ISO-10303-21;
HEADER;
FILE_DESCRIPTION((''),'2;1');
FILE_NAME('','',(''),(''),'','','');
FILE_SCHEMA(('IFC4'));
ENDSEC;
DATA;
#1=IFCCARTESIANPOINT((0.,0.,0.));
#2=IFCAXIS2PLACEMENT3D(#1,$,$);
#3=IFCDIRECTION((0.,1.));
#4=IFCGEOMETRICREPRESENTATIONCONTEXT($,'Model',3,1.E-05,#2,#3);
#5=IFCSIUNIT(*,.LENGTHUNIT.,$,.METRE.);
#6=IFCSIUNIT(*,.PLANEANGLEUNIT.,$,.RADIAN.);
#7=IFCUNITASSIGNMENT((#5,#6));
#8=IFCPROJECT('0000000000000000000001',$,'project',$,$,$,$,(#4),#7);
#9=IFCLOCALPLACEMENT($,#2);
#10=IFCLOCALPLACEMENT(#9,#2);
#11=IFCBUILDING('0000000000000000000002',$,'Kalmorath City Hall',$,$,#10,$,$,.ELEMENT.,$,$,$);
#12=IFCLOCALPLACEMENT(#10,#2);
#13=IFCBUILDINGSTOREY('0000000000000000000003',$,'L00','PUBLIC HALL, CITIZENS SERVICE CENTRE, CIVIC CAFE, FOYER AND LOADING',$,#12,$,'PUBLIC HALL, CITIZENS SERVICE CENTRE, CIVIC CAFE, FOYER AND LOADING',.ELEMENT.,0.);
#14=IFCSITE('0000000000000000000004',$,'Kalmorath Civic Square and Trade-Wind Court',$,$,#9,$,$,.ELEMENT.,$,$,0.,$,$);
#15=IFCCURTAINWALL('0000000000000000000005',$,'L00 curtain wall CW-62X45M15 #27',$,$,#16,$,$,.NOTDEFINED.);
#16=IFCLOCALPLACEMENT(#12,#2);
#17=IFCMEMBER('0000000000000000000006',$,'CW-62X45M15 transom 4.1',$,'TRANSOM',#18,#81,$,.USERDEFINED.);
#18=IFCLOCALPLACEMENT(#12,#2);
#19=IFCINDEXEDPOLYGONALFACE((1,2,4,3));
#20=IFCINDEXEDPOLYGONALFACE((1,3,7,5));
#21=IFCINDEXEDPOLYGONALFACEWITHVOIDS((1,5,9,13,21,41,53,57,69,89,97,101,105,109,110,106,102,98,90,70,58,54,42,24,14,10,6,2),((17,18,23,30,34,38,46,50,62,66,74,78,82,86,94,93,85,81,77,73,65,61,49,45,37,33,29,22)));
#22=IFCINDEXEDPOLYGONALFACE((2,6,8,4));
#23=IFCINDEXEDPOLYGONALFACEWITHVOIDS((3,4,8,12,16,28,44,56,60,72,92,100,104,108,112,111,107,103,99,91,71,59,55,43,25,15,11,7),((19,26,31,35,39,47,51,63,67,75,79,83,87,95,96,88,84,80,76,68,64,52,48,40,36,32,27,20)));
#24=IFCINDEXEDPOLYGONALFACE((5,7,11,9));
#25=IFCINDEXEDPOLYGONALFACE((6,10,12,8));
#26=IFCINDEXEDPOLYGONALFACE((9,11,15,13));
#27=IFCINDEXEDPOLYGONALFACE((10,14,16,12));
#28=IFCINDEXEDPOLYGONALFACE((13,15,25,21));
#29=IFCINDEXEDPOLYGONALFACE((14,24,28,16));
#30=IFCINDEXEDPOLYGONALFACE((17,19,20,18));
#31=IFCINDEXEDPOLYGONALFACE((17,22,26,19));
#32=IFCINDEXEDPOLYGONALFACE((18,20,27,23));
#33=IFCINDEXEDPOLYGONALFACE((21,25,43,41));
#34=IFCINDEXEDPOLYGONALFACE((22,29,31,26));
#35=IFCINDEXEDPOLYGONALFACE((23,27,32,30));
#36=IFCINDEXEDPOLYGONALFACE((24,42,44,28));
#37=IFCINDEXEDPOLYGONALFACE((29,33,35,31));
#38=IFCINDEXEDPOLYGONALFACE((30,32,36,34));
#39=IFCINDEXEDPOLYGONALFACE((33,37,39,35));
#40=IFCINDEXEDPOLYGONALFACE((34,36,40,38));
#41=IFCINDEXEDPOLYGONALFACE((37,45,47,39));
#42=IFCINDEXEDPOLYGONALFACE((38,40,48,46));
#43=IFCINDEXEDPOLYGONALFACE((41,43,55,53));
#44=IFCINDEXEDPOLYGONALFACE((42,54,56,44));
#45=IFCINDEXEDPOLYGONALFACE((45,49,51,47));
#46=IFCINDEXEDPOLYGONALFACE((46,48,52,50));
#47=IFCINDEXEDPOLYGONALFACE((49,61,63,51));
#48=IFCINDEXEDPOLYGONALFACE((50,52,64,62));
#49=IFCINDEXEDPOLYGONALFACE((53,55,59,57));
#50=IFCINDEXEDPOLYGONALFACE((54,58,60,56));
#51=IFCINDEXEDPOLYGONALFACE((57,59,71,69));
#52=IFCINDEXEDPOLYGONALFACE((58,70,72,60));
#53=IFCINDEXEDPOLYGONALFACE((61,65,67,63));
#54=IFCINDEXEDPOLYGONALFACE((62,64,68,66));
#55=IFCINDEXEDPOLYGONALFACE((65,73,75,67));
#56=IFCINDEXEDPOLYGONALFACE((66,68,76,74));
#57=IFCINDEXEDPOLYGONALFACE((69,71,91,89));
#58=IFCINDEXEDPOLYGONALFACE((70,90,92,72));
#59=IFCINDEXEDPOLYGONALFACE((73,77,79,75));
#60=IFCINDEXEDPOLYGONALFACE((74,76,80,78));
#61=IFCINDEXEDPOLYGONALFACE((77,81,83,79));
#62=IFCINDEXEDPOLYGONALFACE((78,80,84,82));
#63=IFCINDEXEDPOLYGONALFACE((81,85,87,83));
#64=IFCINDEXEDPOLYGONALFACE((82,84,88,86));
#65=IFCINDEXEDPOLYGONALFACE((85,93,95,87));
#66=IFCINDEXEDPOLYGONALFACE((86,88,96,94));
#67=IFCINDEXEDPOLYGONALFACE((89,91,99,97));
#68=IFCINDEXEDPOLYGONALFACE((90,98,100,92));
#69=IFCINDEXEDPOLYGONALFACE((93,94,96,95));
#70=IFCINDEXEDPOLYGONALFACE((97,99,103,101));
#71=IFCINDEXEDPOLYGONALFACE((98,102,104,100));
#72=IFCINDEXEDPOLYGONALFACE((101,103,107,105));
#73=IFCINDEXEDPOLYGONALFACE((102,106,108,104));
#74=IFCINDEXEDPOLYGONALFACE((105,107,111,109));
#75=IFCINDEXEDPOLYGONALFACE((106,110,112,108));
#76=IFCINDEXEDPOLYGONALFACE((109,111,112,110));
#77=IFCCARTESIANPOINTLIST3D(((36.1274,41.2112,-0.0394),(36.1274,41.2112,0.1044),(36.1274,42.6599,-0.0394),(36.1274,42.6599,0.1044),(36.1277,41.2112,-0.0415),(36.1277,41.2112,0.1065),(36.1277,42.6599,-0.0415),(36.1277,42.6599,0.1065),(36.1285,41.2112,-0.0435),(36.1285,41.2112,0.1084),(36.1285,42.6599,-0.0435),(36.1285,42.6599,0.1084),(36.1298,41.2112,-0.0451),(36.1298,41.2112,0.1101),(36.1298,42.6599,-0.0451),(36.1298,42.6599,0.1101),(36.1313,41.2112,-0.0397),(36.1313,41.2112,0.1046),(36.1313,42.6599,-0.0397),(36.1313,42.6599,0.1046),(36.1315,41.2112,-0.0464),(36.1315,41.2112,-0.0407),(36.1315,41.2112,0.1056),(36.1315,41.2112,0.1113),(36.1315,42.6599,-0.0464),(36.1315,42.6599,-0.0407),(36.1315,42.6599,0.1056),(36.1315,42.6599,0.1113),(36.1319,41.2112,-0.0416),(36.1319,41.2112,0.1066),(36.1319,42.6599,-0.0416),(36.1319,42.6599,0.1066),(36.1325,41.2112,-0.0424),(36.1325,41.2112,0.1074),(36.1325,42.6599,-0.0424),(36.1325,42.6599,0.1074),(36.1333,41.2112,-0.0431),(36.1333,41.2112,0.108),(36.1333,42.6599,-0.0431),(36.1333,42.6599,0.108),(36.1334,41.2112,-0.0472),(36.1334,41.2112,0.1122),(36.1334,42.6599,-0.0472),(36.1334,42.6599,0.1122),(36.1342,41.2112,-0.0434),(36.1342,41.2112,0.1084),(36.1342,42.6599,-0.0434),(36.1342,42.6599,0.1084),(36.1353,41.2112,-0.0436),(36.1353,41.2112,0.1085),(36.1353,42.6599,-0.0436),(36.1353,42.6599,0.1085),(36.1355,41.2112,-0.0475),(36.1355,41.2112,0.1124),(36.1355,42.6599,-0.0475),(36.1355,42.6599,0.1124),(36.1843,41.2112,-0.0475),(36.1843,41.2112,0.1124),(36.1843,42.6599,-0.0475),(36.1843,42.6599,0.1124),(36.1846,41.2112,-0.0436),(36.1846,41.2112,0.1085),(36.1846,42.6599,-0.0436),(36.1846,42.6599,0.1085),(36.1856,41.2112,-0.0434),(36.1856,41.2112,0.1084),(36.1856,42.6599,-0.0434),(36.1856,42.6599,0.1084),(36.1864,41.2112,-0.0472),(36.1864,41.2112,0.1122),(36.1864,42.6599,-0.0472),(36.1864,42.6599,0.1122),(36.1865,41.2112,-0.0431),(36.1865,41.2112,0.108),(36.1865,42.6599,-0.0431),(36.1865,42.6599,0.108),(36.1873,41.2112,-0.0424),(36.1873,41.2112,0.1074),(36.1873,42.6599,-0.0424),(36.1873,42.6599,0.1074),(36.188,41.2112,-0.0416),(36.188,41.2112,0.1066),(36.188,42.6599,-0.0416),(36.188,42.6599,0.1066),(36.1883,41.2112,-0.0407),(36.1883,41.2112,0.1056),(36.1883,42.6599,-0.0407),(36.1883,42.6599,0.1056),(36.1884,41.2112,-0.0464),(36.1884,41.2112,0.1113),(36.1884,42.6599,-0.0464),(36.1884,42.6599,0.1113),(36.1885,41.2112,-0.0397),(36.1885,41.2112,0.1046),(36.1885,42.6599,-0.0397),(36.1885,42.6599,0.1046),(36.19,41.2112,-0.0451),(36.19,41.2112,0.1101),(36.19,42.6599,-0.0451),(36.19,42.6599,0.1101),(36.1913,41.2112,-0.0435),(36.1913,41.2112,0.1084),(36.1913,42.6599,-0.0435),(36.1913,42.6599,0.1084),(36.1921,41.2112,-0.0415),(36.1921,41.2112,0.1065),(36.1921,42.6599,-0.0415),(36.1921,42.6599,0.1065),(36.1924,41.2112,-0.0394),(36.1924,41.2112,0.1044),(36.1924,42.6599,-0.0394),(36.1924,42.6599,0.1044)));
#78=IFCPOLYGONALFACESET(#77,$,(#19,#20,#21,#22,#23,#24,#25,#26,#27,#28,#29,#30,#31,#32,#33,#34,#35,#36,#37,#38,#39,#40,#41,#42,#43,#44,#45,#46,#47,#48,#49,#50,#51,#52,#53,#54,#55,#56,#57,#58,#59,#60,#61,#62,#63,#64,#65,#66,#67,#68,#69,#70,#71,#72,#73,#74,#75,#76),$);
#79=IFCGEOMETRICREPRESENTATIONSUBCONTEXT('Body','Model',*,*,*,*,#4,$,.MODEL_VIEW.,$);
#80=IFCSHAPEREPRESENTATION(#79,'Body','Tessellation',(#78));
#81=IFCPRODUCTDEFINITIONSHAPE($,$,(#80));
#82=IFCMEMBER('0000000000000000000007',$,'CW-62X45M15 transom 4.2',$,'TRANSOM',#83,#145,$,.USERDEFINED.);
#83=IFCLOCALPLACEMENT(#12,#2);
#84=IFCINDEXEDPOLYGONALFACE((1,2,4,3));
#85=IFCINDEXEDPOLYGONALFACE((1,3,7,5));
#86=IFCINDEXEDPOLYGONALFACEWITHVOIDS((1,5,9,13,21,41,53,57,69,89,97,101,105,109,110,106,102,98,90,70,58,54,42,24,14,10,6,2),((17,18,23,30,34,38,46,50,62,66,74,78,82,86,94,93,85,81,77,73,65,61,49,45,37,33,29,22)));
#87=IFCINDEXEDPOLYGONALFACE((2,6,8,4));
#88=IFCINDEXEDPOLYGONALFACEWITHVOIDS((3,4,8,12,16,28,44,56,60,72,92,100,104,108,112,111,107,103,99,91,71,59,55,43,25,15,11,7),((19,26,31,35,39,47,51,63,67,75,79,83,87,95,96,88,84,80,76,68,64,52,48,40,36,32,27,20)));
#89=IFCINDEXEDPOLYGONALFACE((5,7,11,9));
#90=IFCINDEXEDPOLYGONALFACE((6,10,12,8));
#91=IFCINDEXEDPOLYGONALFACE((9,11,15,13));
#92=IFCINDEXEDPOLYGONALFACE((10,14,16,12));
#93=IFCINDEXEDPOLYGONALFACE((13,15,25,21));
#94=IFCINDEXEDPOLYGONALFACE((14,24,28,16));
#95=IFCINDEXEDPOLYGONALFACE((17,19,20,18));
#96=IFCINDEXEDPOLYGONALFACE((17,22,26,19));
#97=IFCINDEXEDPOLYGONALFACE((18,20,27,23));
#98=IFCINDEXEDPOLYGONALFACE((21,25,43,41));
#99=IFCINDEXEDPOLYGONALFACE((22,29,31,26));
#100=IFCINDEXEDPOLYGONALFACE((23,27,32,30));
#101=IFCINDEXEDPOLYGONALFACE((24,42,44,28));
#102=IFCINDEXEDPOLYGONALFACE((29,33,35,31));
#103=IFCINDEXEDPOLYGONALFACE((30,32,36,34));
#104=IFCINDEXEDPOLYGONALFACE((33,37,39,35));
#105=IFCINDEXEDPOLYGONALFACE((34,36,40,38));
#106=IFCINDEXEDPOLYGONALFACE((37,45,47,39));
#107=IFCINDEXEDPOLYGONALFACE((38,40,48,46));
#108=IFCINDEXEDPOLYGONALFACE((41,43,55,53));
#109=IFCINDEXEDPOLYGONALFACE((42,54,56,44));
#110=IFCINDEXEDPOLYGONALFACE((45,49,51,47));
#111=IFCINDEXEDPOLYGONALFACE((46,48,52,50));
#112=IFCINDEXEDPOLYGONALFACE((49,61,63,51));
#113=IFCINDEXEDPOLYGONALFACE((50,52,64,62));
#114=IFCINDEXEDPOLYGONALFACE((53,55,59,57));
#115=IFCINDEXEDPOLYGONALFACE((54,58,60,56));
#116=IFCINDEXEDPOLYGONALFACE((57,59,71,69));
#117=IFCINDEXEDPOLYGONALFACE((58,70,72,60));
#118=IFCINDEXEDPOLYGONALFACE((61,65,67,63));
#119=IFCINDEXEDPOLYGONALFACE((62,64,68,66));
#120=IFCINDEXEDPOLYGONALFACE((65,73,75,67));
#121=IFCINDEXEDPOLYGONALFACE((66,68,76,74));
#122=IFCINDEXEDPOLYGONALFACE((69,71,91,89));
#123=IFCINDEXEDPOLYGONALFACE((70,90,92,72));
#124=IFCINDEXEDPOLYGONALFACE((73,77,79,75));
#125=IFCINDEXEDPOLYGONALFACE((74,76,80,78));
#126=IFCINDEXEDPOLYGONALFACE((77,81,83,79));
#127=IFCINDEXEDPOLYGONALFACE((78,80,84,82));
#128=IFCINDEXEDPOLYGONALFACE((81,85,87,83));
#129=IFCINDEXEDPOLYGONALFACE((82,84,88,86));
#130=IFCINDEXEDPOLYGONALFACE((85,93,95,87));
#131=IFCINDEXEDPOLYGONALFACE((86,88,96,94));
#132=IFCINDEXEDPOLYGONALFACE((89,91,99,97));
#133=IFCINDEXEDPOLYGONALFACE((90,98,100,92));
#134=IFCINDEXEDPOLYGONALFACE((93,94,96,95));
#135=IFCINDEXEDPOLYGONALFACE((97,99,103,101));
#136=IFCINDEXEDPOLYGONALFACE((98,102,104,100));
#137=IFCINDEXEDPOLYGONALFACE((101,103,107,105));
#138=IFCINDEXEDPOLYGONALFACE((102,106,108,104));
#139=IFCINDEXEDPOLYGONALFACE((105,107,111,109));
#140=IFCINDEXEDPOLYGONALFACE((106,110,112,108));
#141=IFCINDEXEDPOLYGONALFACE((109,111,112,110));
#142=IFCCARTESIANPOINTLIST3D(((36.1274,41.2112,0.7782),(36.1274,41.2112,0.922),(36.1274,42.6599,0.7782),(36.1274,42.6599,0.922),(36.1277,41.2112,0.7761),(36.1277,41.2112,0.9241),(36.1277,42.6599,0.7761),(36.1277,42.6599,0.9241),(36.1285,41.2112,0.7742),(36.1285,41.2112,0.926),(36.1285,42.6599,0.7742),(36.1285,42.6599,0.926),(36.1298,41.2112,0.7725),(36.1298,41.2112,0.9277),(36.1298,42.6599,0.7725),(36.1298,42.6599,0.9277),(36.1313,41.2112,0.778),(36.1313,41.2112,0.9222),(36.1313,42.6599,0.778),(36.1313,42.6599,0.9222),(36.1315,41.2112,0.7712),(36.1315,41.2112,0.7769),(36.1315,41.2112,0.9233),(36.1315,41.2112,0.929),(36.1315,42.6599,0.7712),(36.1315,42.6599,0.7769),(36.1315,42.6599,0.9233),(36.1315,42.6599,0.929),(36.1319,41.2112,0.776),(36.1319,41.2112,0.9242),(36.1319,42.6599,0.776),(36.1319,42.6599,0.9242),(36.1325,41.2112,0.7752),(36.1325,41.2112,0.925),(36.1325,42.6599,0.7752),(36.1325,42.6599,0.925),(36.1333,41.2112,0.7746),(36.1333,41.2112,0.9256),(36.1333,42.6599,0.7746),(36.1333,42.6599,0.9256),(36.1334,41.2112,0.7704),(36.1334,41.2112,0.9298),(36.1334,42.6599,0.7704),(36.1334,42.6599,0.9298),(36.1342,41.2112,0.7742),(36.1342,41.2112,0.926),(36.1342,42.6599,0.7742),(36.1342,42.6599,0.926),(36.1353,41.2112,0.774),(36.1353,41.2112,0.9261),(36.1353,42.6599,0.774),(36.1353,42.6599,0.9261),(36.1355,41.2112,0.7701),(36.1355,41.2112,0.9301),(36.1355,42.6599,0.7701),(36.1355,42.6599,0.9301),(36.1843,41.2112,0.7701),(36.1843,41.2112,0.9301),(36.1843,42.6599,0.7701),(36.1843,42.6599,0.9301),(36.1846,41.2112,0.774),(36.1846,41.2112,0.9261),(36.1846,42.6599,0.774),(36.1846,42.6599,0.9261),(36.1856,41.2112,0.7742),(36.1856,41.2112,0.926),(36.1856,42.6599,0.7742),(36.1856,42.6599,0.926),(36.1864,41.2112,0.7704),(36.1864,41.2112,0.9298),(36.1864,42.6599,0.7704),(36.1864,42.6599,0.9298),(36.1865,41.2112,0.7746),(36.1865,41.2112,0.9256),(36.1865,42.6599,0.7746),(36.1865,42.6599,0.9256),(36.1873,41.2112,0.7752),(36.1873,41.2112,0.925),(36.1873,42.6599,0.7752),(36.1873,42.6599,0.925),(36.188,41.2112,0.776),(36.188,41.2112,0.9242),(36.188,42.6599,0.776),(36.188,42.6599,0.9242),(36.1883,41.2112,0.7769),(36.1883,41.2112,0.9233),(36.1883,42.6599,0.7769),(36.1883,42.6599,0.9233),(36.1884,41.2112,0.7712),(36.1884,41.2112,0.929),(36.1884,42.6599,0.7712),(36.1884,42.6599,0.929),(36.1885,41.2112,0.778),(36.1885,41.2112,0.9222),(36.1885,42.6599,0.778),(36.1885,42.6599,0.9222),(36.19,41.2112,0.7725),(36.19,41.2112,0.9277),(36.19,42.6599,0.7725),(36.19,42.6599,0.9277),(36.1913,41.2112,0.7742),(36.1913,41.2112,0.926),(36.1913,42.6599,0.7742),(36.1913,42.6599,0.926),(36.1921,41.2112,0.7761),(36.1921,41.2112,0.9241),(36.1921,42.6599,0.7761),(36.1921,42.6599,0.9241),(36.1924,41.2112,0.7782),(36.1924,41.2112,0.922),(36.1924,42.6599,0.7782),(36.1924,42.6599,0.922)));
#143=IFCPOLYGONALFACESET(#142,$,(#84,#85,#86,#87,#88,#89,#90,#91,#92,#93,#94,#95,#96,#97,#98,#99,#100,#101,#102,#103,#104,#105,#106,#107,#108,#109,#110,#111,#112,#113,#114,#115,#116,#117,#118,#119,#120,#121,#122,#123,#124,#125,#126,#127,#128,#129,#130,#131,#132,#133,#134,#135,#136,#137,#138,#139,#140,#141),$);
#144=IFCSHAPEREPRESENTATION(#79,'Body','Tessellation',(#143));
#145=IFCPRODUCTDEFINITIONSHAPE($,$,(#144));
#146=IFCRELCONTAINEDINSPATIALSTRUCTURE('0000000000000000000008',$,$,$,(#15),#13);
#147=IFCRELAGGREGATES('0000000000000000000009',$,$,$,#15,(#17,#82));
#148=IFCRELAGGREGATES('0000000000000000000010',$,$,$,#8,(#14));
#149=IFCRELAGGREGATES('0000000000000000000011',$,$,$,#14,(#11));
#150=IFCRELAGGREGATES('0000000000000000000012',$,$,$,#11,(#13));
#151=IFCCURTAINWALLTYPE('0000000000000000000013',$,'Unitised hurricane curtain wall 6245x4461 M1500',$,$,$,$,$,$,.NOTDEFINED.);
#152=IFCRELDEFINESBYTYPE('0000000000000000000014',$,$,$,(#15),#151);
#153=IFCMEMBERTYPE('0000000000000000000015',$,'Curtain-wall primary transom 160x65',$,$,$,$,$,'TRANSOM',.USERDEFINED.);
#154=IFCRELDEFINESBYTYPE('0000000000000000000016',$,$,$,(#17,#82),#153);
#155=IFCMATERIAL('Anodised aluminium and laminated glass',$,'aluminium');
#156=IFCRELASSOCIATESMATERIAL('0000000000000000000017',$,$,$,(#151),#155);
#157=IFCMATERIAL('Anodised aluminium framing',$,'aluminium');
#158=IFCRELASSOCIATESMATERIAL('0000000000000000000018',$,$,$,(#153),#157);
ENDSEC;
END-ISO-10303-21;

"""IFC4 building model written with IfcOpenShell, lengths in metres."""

from ifc_helpers import new_model, si_unit, direction, frame, origin, origin_2d, place, context, subcontext, project, spatial, hollow_rectangle, extrude, material, material_profile, profile_set, type_object, element, aggregate, save


model = new_model("IFC4")

# Units and contexts
model_context = context("Model", 3, precision=1e-05, world=origin(), true_north=direction((0.0, 1.0)))
body_context = subcontext(model_context, "Body", "Model", "MODEL_VIEW")
ifc_project = project(units=[si_unit("LENGTHUNIT", "METRE"), si_unit("PLANEANGLEUNIT", "RADIAN")], contexts=[model_context])

# Site, building, storey
site_placement = place(None, origin())
site = spatial("IfcSite", under=ifc_project, at=site_placement, Name="Kalmorath Civic Square and Trade-Wind Court", CompositionType="ELEMENT", RefElevation=0.0)
building_placement = place(site_placement, origin())
building = spatial("IfcBuilding", under=site, at=building_placement, Name="Kalmorath City Hall", CompositionType="ELEMENT")
storey_placement = place(building_placement, origin())
storey = spatial("IfcBuildingStorey", under=building, at=storey_placement, Name="L00", Description="PUBLIC HALL, CITIZENS SERVICE CENTRE, CIVIC CAFE, FOYER AND LOADING", LongName="PUBLIC HALL, CITIZENS SERVICE CENTRE, CIVIC CAFE, FOYER AND LOADING", CompositionType="ELEMENT", Elevation=0.0)

# Curtain wall
ifc_material_1 = material(Name="Anodised aluminium and laminated glass", Category="aluminium")
curtain_wall_type_1 = type_object("IfcCurtainWallType", Name="Unitised hurricane curtain wall 6245x4461 M1500", PredefinedType="NOTDEFINED", material=ifc_material_1)
curtain_wall_1_placement = place(storey_placement, origin())
curtain_wall_1 = element("IfcCurtainWall", 1, at=curtain_wall_1_placement, inside=storey, type_object=curtain_wall_type_1, Name="L00 curtain wall CW-62X45M15 #27", PredefinedType="NOTDEFINED")

# Members
ifc_material_2 = material(Name="Anodised aluminium framing", Category="aluminium")
ifc_material_profile_1 = material_profile(ifc_material_2, hollow_rectangle(XDim=0.0649, YDim=0.1599, WallThickness=0.0039, InnerFilletRadius=0.0039, OuterFilletRadius=0.0081, at=origin_2d()), Name="ALU-TRN-160X65X4")
ifc_profile_set_1 = profile_set([ifc_material_profile_1], Name="Anodised aluminium framing")
member_type_1 = type_object("IfcMemberType", Name="Curtain-wall primary transom 160x65", ElementType="TRANSOM", PredefinedType="USERDEFINED", material=ifc_profile_set_1)
member_1_placement = place(storey_placement, frame((36.1599, 41.2112, 0.0325), z_axis=(0.0, 1.0, 0.0), x_axis=(-1.0, 0.0, 0.0)))
member_1 = element("IfcMember", 2, at=member_1_placement, type_object=member_type_1, Name="CW-62X45M15 transom 4.1", ObjectType="TRANSOM", PredefinedType="USERDEFINED", context=body_context, shape_type="SweptSolid", body=[
    extrude(hollow_rectangle(XDim=0.0649, YDim=0.1599, WallThickness=0.0039, InnerFilletRadius=0.0039, OuterFilletRadius=0.0081, at=origin_2d()), origin(), (0.0, 0.0, 1.0), 1.4487),
])
member_2_placement = place(storey_placement, frame((36.1599, 41.2112, 0.8501), z_axis=(0.0, 1.0, 0.0), x_axis=(-1.0, 0.0, 0.0)))
member_2 = element("IfcMember", 3, at=member_2_placement, type_object=member_type_1, Name="CW-62X45M15 transom 4.2", ObjectType="TRANSOM", PredefinedType="USERDEFINED", context=body_context, shape_type="SweptSolid", body=[
    extrude(hollow_rectangle(XDim=0.0649, YDim=0.1599, WallThickness=0.0039, InnerFilletRadius=0.0039, OuterFilletRadius=0.0081, at=origin_2d()), origin(), (0.0, 0.0, 1.0), 1.4487),
])

aggregate(curtain_wall_1, [member_1, member_2])

save(model, "model.ifc")
